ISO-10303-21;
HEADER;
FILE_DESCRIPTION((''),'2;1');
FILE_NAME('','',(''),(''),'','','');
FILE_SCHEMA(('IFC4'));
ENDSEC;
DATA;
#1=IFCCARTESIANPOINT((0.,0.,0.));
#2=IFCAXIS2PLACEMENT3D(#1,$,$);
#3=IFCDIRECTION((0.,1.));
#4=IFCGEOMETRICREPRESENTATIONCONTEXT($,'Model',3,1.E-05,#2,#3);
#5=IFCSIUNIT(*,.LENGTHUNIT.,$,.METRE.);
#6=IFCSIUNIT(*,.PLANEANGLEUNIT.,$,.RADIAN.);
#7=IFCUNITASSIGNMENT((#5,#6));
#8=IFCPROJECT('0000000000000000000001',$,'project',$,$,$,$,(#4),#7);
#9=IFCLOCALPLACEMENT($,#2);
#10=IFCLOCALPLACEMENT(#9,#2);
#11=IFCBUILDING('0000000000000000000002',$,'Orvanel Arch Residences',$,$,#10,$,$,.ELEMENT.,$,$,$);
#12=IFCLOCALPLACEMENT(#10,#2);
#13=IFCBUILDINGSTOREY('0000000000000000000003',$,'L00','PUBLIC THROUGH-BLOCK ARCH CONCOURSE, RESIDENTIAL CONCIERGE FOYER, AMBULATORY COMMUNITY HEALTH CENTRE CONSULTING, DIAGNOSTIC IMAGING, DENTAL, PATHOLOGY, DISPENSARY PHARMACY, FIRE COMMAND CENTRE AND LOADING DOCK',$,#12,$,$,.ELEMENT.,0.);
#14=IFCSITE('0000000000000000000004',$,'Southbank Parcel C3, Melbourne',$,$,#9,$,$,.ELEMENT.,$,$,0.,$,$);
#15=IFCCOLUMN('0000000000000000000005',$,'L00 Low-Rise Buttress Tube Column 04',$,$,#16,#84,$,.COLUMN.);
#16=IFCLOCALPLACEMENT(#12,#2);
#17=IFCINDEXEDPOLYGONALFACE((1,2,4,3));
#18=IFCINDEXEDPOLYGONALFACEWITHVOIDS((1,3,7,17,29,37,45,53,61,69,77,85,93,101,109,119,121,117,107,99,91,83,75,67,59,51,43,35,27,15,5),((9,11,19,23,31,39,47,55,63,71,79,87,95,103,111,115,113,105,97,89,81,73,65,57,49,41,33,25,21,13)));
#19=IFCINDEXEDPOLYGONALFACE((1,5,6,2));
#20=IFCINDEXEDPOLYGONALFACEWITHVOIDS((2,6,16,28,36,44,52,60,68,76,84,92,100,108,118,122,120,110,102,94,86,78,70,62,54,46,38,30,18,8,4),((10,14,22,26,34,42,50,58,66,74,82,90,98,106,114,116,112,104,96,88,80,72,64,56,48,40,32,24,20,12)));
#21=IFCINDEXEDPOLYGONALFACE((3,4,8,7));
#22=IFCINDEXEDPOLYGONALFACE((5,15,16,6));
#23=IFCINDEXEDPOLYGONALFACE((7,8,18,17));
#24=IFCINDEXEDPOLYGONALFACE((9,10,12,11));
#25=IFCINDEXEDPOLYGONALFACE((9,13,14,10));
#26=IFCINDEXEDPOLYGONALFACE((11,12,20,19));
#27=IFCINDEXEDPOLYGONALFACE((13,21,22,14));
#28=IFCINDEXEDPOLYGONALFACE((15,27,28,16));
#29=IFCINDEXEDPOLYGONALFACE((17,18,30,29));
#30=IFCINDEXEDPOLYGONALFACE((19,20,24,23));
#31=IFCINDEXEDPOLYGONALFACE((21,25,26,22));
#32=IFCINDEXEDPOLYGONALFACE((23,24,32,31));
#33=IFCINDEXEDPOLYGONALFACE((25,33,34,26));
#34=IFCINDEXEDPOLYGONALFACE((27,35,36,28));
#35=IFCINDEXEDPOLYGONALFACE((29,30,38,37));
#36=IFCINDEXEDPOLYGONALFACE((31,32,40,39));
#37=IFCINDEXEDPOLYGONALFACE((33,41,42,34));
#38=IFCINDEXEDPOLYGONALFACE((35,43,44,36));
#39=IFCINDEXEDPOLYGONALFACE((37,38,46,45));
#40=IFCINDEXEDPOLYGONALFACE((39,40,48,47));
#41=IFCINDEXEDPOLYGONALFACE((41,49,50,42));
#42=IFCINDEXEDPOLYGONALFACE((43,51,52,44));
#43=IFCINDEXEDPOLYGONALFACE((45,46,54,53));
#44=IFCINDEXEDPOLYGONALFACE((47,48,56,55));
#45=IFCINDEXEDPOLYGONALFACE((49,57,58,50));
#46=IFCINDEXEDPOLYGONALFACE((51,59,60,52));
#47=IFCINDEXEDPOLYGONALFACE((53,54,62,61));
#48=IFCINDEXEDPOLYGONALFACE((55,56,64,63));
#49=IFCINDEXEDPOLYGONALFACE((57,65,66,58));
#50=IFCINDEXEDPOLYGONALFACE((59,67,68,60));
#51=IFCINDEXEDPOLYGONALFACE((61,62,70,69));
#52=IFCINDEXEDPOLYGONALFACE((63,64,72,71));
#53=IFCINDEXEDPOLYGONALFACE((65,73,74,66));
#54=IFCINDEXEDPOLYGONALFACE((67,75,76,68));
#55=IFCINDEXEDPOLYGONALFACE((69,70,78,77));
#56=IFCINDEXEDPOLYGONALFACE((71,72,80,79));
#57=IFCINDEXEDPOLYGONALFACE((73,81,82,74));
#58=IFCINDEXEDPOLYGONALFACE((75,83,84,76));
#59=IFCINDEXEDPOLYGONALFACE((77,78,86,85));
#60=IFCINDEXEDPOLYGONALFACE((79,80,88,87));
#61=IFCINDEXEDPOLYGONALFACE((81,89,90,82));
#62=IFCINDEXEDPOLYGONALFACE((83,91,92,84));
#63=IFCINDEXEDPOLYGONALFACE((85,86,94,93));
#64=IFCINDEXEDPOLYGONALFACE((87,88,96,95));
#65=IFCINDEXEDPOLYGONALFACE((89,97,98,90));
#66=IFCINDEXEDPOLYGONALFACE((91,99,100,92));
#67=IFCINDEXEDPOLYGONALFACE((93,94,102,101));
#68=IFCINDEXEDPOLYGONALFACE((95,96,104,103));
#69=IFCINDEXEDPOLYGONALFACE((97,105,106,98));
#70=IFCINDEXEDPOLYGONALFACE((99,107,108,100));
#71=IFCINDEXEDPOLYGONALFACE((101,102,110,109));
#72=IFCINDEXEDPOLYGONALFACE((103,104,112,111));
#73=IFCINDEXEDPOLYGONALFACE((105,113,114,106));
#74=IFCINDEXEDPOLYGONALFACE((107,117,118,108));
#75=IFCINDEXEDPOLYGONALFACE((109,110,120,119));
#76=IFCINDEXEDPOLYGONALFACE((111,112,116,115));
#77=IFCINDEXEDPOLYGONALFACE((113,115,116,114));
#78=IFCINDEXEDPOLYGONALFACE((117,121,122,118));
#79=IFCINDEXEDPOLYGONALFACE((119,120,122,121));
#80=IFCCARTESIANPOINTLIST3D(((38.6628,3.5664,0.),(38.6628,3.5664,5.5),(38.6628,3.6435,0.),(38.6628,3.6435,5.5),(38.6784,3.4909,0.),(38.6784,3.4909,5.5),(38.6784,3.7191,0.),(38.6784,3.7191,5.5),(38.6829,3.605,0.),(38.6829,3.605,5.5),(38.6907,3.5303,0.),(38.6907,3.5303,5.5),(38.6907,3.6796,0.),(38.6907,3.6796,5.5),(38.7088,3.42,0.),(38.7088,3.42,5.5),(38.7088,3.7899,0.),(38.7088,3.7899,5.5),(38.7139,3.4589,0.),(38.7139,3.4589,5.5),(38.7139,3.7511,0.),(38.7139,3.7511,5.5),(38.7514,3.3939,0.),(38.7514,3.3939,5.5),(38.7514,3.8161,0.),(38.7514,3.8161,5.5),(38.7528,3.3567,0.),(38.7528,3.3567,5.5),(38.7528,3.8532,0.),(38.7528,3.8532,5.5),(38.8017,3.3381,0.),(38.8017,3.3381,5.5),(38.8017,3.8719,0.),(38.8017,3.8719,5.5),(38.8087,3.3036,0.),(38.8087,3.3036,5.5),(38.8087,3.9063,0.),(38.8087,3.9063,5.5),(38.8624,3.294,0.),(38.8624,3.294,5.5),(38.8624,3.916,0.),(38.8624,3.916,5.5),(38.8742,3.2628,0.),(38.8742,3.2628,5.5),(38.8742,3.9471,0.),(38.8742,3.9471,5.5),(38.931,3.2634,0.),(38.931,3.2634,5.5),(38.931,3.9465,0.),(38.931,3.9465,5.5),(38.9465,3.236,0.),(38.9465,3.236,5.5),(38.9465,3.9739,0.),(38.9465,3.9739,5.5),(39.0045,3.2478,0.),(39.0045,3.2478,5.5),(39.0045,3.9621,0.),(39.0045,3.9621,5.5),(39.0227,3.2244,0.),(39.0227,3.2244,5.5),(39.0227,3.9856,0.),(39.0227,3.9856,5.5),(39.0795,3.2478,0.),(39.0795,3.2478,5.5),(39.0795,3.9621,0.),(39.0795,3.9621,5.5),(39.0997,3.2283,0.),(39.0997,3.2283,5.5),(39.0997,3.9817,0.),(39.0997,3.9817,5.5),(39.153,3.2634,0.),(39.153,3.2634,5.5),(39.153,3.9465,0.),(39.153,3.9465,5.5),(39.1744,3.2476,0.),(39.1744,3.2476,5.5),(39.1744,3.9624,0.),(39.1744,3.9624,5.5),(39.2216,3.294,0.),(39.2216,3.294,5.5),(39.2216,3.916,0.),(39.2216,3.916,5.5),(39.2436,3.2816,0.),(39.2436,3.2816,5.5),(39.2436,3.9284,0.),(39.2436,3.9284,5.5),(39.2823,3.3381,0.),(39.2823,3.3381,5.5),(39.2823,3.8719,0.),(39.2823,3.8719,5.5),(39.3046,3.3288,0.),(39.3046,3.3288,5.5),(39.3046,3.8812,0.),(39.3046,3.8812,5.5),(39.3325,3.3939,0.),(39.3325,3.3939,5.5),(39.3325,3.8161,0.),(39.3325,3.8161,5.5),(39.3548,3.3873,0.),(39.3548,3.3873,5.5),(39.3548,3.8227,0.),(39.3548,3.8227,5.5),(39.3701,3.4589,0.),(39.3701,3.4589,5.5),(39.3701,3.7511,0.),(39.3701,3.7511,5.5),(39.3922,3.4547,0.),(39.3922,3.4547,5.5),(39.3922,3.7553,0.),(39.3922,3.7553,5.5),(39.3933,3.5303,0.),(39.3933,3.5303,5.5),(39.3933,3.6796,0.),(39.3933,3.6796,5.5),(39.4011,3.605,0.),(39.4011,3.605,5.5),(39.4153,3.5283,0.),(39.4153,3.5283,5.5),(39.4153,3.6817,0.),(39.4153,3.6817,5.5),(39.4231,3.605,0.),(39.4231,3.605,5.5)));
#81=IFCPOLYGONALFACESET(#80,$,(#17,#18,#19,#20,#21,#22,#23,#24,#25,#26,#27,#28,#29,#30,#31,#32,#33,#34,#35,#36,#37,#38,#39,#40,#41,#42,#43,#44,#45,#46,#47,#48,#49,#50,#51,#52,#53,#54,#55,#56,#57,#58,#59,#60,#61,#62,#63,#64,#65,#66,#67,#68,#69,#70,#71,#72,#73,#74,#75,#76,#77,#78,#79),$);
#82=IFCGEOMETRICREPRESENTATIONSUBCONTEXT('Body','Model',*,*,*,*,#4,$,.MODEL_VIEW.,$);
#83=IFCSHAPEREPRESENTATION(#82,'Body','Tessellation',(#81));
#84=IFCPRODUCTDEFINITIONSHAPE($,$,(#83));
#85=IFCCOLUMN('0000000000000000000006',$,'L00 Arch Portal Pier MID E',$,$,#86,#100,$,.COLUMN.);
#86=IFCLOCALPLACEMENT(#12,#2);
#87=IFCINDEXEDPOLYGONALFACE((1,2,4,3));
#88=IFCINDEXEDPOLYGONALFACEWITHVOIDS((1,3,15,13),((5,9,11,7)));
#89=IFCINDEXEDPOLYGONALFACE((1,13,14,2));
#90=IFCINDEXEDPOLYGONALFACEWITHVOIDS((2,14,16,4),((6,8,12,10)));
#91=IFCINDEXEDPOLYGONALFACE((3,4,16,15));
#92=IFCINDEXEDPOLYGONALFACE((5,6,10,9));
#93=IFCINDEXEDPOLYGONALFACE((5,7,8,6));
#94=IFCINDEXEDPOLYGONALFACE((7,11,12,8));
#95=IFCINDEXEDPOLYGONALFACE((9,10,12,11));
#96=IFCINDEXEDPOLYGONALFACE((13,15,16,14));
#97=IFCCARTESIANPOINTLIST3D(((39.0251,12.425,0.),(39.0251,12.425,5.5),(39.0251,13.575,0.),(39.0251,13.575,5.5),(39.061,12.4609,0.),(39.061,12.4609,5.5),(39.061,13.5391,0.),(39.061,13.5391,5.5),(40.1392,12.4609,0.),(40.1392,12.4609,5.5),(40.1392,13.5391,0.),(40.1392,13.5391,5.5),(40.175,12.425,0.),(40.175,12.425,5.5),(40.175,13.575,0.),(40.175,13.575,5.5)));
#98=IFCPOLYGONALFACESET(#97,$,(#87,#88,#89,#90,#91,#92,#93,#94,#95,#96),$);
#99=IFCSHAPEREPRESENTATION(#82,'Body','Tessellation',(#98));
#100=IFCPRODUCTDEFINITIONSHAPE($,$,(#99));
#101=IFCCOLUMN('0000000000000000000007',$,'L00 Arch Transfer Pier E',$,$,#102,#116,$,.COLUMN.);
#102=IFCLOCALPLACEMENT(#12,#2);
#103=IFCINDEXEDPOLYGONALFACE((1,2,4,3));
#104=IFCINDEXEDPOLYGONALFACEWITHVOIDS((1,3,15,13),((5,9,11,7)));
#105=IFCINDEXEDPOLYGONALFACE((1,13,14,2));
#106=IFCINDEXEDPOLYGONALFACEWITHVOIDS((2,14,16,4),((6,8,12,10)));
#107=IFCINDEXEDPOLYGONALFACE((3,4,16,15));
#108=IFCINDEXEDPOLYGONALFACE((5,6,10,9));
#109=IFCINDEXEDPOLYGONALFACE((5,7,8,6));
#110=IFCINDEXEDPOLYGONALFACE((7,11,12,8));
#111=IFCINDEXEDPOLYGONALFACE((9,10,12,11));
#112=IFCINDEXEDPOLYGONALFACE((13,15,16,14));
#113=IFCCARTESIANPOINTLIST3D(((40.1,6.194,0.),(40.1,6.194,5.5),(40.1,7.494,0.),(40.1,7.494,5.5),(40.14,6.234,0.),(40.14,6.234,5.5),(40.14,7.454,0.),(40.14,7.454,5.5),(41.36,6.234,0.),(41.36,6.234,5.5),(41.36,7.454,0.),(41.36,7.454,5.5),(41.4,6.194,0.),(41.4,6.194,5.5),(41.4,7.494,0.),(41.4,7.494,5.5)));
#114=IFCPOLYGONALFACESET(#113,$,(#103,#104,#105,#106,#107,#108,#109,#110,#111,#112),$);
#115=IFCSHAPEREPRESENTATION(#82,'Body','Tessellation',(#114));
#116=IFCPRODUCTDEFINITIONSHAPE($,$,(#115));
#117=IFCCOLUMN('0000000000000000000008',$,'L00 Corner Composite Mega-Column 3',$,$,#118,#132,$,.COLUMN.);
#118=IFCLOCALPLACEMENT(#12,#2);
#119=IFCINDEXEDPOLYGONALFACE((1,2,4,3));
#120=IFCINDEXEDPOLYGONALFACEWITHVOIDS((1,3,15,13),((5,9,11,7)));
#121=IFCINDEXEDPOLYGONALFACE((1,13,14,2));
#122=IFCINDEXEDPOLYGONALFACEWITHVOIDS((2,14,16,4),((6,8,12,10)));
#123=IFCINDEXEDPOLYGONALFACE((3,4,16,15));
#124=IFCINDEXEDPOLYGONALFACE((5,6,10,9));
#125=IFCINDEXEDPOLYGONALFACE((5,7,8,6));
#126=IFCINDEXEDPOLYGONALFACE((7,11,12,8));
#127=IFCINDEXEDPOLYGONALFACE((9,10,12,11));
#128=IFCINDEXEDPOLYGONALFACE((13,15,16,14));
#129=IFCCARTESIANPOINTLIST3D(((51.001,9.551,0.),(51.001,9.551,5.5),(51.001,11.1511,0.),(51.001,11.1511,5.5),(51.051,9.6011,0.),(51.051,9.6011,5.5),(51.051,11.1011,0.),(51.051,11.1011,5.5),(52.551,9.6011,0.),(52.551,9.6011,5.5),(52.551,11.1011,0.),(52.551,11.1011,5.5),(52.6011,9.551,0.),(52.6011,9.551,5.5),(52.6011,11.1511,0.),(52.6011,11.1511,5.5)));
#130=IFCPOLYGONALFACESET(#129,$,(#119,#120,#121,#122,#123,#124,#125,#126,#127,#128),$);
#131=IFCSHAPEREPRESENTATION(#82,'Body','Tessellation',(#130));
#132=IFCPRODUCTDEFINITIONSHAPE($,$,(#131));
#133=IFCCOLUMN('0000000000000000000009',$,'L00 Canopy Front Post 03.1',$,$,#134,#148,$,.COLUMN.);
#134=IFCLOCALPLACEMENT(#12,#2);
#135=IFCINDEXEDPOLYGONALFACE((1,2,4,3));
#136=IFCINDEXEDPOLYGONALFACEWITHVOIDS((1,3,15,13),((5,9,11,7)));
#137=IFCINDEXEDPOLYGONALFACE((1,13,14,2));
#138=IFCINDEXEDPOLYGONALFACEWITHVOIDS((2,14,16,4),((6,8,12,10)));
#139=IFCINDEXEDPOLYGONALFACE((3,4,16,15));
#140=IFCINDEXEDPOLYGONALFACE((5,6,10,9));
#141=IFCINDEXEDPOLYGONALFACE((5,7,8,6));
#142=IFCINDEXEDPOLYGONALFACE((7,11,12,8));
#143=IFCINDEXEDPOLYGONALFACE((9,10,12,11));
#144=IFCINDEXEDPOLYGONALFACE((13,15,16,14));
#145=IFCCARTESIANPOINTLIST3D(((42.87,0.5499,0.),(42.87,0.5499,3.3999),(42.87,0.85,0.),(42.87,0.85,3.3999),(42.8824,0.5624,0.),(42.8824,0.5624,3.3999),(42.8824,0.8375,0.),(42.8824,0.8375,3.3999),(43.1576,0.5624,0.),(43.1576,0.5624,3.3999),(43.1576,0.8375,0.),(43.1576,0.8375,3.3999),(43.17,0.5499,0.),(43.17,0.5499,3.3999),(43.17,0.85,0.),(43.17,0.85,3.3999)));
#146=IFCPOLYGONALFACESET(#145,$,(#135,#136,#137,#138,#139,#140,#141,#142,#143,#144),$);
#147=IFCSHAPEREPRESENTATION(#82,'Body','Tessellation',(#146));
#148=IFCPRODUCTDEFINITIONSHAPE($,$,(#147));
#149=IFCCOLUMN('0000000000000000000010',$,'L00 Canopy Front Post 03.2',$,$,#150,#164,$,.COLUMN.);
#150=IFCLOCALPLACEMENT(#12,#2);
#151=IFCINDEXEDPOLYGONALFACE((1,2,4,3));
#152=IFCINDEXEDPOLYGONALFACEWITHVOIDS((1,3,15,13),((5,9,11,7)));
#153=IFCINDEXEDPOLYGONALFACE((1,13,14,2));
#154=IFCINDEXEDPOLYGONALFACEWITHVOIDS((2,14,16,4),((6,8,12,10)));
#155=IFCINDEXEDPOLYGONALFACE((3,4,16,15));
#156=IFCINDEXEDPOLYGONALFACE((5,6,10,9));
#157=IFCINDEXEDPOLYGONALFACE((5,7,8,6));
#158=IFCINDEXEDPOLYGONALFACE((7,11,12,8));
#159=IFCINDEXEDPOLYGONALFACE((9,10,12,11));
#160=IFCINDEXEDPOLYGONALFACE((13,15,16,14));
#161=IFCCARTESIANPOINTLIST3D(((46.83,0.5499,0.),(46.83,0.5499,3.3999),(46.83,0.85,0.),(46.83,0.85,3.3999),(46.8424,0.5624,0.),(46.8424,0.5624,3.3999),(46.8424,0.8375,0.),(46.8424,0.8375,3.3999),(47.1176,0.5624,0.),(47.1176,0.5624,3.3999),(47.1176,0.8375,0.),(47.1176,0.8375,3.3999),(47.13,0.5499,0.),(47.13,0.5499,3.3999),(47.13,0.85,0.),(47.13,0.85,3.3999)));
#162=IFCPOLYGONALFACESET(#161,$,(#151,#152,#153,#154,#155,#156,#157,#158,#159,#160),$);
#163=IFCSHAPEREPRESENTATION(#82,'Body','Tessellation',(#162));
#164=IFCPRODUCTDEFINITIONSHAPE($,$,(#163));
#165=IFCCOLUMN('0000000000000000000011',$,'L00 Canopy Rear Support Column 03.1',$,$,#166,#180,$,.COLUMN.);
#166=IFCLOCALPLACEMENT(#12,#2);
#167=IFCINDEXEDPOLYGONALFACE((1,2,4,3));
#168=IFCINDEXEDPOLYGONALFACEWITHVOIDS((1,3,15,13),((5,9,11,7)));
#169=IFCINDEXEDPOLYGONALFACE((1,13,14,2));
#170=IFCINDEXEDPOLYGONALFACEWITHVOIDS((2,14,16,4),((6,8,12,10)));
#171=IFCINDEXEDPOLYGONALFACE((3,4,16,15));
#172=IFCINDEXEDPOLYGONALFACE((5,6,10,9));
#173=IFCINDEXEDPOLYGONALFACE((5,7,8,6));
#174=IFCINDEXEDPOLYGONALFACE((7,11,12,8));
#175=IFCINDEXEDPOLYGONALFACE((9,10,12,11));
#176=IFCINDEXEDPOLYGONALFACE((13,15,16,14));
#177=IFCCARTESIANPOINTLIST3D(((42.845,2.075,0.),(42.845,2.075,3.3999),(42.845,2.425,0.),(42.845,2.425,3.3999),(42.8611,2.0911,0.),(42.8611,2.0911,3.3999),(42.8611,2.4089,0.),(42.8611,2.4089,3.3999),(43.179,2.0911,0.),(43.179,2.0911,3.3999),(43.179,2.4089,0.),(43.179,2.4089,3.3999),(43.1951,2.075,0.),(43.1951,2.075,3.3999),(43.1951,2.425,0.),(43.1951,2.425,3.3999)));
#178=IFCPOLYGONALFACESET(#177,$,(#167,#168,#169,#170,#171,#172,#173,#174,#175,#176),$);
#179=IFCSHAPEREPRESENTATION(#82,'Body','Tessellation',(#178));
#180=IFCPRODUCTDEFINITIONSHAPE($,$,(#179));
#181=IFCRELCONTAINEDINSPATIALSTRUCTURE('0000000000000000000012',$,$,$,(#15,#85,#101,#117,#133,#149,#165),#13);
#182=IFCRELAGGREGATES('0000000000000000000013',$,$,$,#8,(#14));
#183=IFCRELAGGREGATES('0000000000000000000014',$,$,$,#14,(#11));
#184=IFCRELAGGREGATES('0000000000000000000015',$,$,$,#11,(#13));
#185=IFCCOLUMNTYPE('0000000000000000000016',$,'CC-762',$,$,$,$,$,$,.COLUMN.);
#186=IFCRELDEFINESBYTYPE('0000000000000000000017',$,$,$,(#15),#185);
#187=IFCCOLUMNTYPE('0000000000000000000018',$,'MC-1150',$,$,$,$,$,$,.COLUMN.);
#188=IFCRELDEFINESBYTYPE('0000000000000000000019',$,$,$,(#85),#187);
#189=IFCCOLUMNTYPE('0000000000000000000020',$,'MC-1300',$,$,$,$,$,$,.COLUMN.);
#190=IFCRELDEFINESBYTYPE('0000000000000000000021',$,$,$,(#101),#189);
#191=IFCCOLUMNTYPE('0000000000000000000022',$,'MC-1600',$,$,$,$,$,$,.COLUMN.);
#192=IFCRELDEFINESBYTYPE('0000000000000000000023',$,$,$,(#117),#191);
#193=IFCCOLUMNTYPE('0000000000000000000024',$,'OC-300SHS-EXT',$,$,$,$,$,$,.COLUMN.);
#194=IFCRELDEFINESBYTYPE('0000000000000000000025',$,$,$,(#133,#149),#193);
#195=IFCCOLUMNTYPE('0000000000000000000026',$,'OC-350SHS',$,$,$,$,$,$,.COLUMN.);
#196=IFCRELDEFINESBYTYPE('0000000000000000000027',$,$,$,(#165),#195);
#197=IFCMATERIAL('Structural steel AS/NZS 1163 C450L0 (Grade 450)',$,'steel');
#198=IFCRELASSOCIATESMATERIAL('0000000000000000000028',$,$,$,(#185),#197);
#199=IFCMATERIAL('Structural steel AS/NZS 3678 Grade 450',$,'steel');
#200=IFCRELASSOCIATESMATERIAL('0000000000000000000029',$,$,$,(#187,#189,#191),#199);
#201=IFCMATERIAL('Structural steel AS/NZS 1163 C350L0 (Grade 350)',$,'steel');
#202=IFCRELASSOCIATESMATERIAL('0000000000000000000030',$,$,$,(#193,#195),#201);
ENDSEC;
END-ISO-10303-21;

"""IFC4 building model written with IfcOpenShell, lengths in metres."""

from ifc_helpers import new_model, si_unit, direction, frame, origin, origin_2d, place, context, subcontext, project, spatial, hollow_rectangle, hollow_circle, extrude, material, material_profile, profile_set, type_object, element, save


model = new_model("IFC4")

# Units and contexts
model_context = context("Model", 3, precision=1e-05, world=origin(), true_north=direction((0.0, 1.0)))
body_context = subcontext(model_context, "Body", "Model", "MODEL_VIEW")
ifc_project = project(units=[si_unit("LENGTHUNIT", "METRE"), si_unit("PLANEANGLEUNIT", "RADIAN")], contexts=[model_context])

# Site, building, storey
site_placement = place(None, origin())
site = spatial("IfcSite", under=ifc_project, at=site_placement, Name="Southbank Parcel C3, Melbourne", CompositionType="ELEMENT", RefElevation=0.0)
building_placement = place(site_placement, origin())
building = spatial("IfcBuilding", under=site, at=building_placement, Name="Orvanel Arch Residences", CompositionType="ELEMENT")
storey_placement = place(building_placement, origin())
storey = spatial("IfcBuildingStorey", under=building, at=storey_placement, Name="L00", Description="PUBLIC THROUGH-BLOCK ARCH CONCOURSE, RESIDENTIAL CONCIERGE FOYER, AMBULATORY COMMUNITY HEALTH CENTRE CONSULTING, DIAGNOSTIC IMAGING, DENTAL, PATHOLOGY, DISPENSARY PHARMACY, FIRE COMMAND CENTRE AND LOADING DOCK", CompositionType="ELEMENT", Elevation=0.0)

# Columns
ifc_material_1 = material(Name="Structural steel AS/NZS 1163 C450L0 (Grade 450)", Category="steel")
ifc_material_profile_1 = material_profile(ifc_material_1, hollow_circle(Radius=0.3811, WallThickness=0.022, at=origin_2d()), Name="CHS762x22")
ifc_profile_set_1 = profile_set([ifc_material_profile_1], Name="Structural steel AS/NZS 1163 C450L0 (Grade 450)")
column_type_1 = type_object("IfcColumnType", Name="CC-762", PredefinedType="COLUMN", material=ifc_profile_set_1)
column_1_placement = place(storey_placement, frame((39.042, 3.605, 0.0), z_axis=(0.0, 0.0, 1.0), x_axis=(1.0, 0.0, 0.0)))
element("IfcColumn", 1, at=column_1_placement, inside=storey, type_object=column_type_1, Name="L00 Low-Rise Buttress Tube Column 04", PredefinedType="COLUMN", context=body_context, shape_type="SweptSolid", body=[
    extrude(hollow_circle(Radius=0.3811, WallThickness=0.022, at=origin_2d()), origin(), (0.0, 0.0, 1.0), 5.5),
])
ifc_material_2 = material(Name="Structural steel AS/NZS 3678 Grade 450", Category="steel")
ifc_material_profile_2 = material_profile(ifc_material_2, hollow_rectangle(XDim=1.1499, YDim=1.1499, WallThickness=0.0359, at=origin_2d()), Name="BOX1150x1150x36")
ifc_profile_set_2 = profile_set([ifc_material_profile_2], Name="Structural steel AS/NZS 3678 Grade 450")
column_type_2 = type_object("IfcColumnType", Name="MC-1150", PredefinedType="COLUMN", material=ifc_profile_set_2)
column_2_placement = place(storey_placement, frame((39.6001, 13.0, 0.0), z_axis=(0.0, 0.0, 1.0), x_axis=(1.0, 0.0, 0.0)))
element("IfcColumn", 2, at=column_2_placement, inside=storey, type_object=column_type_2, Name="L00 Arch Portal Pier MID E", PredefinedType="COLUMN", context=body_context, shape_type="SweptSolid", body=[
    extrude(hollow_rectangle(XDim=1.1499, YDim=1.1499, WallThickness=0.0359, at=origin_2d()), origin(), (0.0, 0.0, 1.0), 5.5),
])
ifc_material_profile_3 = material_profile(ifc_material_2, hollow_rectangle(XDim=1.3, YDim=1.3, WallThickness=0.04, at=origin_2d()), Name="BOX1300x1300x40")
ifc_profile_set_3 = profile_set([ifc_material_profile_3], Name="Structural steel AS/NZS 3678 Grade 450")
column_type_3 = type_object("IfcColumnType", Name="MC-1300", PredefinedType="COLUMN", material=ifc_profile_set_3)
column_3_placement = place(storey_placement, frame((40.75, 6.844, 0.0), z_axis=(0.0, 0.0, 1.0), x_axis=(1.0, 0.0, 0.0)))
element("IfcColumn", 3, at=column_3_placement, inside=storey, type_object=column_type_3, Name="L00 Arch Transfer Pier E", PredefinedType="COLUMN", context=body_context, shape_type="SweptSolid", body=[
    extrude(hollow_rectangle(XDim=1.3, YDim=1.3, WallThickness=0.04, at=origin_2d()), origin(), (0.0, 0.0, 1.0), 5.5),
])
ifc_material_profile_4 = material_profile(ifc_material_2, hollow_rectangle(XDim=1.6001, YDim=1.6001, WallThickness=0.05, at=origin_2d()), Name="BOX1600x1600x50")
ifc_profile_set_4 = profile_set([ifc_material_profile_4], Name="Structural steel AS/NZS 3678 Grade 450")
column_type_4 = type_object("IfcColumnType", Name="MC-1600", PredefinedType="COLUMN", material=ifc_profile_set_4)
column_4_placement = place(storey_placement, frame((51.801, 10.3511, 0.0), z_axis=(0.0, 0.0, 1.0), x_axis=(1.0, 0.0, 0.0)))
element("IfcColumn", 4, at=column_4_placement, inside=storey, type_object=column_type_4, Name="L00 Corner Composite Mega-Column 3", PredefinedType="COLUMN", context=body_context, shape_type="SweptSolid", body=[
    extrude(hollow_rectangle(XDim=1.6001, YDim=1.6001, WallThickness=0.05, at=origin_2d()), origin(), (0.0, 0.0, 1.0), 5.5),
])
ifc_material_3 = material(Name="Structural steel AS/NZS 1163 C350L0 (Grade 350)", Category="steel")
ifc_material_profile_5 = material_profile(ifc_material_3, hollow_rectangle(XDim=0.3, YDim=0.3, WallThickness=0.0125, at=origin_2d()), Name="SHS300x300x12.5")
ifc_profile_set_5 = profile_set([ifc_material_profile_5], Name="Structural steel AS/NZS 1163 C350L0 (Grade 350)")
column_type_5 = type_object("IfcColumnType", Name="OC-300SHS-EXT", PredefinedType="COLUMN", material=ifc_profile_set_5)
for number, where, z_axis, x_axis, name in (
    (5, (43.02, 0.7, 0.0), (0.0, 0.0, 1.0), (1.0, 0.0, 0.0), "L00 Canopy Front Post 03.1"),
    (6, (46.98, 0.7, 0.0), (0.0, 0.0, 1.0), (1.0, 0.0, 0.0), "L00 Canopy Front Post 03.2"),
):
    element("IfcColumn", number, at=place(storey_placement, frame(where, z_axis=z_axis, x_axis=x_axis)), inside=storey, type_object=column_type_5, Name=name, PredefinedType="COLUMN", context=body_context, shape_type="SweptSolid", body=[
        extrude(hollow_rectangle(XDim=0.3, YDim=0.3, WallThickness=0.0125, at=origin_2d()), origin(), (0.0, 0.0, 1.0), 3.3999),
    ])
ifc_material_profile_6 = material_profile(ifc_material_3, hollow_rectangle(XDim=0.3501, YDim=0.3501, WallThickness=0.0161, at=origin_2d()), Name="SHS350x350x16")
ifc_profile_set_6 = profile_set([ifc_material_profile_6], Name="Structural steel AS/NZS 1163 C350L0 (Grade 350)")
column_type_6 = type_object("IfcColumnType", Name="OC-350SHS", PredefinedType="COLUMN", material=ifc_profile_set_6)
for number, where, z_axis, x_axis, name in (
    (7, (43.02, 2.25, 0.0), (0.0, 0.0, 1.0), (1.0, 0.0, 0.0), "L00 Canopy Rear Support Column 03.1"),
):
    element("IfcColumn", number, at=place(storey_placement, frame(where, z_axis=z_axis, x_axis=x_axis)), inside=storey, type_object=column_type_6, Name=name, PredefinedType="COLUMN", context=body_context, shape_type="SweptSolid", body=[
        extrude(hollow_rectangle(XDim=0.3501, YDim=0.3501, WallThickness=0.0161, at=origin_2d()), origin(), (0.0, 0.0, 1.0), 3.3999),
    ])

save(model, "model.ifc")
